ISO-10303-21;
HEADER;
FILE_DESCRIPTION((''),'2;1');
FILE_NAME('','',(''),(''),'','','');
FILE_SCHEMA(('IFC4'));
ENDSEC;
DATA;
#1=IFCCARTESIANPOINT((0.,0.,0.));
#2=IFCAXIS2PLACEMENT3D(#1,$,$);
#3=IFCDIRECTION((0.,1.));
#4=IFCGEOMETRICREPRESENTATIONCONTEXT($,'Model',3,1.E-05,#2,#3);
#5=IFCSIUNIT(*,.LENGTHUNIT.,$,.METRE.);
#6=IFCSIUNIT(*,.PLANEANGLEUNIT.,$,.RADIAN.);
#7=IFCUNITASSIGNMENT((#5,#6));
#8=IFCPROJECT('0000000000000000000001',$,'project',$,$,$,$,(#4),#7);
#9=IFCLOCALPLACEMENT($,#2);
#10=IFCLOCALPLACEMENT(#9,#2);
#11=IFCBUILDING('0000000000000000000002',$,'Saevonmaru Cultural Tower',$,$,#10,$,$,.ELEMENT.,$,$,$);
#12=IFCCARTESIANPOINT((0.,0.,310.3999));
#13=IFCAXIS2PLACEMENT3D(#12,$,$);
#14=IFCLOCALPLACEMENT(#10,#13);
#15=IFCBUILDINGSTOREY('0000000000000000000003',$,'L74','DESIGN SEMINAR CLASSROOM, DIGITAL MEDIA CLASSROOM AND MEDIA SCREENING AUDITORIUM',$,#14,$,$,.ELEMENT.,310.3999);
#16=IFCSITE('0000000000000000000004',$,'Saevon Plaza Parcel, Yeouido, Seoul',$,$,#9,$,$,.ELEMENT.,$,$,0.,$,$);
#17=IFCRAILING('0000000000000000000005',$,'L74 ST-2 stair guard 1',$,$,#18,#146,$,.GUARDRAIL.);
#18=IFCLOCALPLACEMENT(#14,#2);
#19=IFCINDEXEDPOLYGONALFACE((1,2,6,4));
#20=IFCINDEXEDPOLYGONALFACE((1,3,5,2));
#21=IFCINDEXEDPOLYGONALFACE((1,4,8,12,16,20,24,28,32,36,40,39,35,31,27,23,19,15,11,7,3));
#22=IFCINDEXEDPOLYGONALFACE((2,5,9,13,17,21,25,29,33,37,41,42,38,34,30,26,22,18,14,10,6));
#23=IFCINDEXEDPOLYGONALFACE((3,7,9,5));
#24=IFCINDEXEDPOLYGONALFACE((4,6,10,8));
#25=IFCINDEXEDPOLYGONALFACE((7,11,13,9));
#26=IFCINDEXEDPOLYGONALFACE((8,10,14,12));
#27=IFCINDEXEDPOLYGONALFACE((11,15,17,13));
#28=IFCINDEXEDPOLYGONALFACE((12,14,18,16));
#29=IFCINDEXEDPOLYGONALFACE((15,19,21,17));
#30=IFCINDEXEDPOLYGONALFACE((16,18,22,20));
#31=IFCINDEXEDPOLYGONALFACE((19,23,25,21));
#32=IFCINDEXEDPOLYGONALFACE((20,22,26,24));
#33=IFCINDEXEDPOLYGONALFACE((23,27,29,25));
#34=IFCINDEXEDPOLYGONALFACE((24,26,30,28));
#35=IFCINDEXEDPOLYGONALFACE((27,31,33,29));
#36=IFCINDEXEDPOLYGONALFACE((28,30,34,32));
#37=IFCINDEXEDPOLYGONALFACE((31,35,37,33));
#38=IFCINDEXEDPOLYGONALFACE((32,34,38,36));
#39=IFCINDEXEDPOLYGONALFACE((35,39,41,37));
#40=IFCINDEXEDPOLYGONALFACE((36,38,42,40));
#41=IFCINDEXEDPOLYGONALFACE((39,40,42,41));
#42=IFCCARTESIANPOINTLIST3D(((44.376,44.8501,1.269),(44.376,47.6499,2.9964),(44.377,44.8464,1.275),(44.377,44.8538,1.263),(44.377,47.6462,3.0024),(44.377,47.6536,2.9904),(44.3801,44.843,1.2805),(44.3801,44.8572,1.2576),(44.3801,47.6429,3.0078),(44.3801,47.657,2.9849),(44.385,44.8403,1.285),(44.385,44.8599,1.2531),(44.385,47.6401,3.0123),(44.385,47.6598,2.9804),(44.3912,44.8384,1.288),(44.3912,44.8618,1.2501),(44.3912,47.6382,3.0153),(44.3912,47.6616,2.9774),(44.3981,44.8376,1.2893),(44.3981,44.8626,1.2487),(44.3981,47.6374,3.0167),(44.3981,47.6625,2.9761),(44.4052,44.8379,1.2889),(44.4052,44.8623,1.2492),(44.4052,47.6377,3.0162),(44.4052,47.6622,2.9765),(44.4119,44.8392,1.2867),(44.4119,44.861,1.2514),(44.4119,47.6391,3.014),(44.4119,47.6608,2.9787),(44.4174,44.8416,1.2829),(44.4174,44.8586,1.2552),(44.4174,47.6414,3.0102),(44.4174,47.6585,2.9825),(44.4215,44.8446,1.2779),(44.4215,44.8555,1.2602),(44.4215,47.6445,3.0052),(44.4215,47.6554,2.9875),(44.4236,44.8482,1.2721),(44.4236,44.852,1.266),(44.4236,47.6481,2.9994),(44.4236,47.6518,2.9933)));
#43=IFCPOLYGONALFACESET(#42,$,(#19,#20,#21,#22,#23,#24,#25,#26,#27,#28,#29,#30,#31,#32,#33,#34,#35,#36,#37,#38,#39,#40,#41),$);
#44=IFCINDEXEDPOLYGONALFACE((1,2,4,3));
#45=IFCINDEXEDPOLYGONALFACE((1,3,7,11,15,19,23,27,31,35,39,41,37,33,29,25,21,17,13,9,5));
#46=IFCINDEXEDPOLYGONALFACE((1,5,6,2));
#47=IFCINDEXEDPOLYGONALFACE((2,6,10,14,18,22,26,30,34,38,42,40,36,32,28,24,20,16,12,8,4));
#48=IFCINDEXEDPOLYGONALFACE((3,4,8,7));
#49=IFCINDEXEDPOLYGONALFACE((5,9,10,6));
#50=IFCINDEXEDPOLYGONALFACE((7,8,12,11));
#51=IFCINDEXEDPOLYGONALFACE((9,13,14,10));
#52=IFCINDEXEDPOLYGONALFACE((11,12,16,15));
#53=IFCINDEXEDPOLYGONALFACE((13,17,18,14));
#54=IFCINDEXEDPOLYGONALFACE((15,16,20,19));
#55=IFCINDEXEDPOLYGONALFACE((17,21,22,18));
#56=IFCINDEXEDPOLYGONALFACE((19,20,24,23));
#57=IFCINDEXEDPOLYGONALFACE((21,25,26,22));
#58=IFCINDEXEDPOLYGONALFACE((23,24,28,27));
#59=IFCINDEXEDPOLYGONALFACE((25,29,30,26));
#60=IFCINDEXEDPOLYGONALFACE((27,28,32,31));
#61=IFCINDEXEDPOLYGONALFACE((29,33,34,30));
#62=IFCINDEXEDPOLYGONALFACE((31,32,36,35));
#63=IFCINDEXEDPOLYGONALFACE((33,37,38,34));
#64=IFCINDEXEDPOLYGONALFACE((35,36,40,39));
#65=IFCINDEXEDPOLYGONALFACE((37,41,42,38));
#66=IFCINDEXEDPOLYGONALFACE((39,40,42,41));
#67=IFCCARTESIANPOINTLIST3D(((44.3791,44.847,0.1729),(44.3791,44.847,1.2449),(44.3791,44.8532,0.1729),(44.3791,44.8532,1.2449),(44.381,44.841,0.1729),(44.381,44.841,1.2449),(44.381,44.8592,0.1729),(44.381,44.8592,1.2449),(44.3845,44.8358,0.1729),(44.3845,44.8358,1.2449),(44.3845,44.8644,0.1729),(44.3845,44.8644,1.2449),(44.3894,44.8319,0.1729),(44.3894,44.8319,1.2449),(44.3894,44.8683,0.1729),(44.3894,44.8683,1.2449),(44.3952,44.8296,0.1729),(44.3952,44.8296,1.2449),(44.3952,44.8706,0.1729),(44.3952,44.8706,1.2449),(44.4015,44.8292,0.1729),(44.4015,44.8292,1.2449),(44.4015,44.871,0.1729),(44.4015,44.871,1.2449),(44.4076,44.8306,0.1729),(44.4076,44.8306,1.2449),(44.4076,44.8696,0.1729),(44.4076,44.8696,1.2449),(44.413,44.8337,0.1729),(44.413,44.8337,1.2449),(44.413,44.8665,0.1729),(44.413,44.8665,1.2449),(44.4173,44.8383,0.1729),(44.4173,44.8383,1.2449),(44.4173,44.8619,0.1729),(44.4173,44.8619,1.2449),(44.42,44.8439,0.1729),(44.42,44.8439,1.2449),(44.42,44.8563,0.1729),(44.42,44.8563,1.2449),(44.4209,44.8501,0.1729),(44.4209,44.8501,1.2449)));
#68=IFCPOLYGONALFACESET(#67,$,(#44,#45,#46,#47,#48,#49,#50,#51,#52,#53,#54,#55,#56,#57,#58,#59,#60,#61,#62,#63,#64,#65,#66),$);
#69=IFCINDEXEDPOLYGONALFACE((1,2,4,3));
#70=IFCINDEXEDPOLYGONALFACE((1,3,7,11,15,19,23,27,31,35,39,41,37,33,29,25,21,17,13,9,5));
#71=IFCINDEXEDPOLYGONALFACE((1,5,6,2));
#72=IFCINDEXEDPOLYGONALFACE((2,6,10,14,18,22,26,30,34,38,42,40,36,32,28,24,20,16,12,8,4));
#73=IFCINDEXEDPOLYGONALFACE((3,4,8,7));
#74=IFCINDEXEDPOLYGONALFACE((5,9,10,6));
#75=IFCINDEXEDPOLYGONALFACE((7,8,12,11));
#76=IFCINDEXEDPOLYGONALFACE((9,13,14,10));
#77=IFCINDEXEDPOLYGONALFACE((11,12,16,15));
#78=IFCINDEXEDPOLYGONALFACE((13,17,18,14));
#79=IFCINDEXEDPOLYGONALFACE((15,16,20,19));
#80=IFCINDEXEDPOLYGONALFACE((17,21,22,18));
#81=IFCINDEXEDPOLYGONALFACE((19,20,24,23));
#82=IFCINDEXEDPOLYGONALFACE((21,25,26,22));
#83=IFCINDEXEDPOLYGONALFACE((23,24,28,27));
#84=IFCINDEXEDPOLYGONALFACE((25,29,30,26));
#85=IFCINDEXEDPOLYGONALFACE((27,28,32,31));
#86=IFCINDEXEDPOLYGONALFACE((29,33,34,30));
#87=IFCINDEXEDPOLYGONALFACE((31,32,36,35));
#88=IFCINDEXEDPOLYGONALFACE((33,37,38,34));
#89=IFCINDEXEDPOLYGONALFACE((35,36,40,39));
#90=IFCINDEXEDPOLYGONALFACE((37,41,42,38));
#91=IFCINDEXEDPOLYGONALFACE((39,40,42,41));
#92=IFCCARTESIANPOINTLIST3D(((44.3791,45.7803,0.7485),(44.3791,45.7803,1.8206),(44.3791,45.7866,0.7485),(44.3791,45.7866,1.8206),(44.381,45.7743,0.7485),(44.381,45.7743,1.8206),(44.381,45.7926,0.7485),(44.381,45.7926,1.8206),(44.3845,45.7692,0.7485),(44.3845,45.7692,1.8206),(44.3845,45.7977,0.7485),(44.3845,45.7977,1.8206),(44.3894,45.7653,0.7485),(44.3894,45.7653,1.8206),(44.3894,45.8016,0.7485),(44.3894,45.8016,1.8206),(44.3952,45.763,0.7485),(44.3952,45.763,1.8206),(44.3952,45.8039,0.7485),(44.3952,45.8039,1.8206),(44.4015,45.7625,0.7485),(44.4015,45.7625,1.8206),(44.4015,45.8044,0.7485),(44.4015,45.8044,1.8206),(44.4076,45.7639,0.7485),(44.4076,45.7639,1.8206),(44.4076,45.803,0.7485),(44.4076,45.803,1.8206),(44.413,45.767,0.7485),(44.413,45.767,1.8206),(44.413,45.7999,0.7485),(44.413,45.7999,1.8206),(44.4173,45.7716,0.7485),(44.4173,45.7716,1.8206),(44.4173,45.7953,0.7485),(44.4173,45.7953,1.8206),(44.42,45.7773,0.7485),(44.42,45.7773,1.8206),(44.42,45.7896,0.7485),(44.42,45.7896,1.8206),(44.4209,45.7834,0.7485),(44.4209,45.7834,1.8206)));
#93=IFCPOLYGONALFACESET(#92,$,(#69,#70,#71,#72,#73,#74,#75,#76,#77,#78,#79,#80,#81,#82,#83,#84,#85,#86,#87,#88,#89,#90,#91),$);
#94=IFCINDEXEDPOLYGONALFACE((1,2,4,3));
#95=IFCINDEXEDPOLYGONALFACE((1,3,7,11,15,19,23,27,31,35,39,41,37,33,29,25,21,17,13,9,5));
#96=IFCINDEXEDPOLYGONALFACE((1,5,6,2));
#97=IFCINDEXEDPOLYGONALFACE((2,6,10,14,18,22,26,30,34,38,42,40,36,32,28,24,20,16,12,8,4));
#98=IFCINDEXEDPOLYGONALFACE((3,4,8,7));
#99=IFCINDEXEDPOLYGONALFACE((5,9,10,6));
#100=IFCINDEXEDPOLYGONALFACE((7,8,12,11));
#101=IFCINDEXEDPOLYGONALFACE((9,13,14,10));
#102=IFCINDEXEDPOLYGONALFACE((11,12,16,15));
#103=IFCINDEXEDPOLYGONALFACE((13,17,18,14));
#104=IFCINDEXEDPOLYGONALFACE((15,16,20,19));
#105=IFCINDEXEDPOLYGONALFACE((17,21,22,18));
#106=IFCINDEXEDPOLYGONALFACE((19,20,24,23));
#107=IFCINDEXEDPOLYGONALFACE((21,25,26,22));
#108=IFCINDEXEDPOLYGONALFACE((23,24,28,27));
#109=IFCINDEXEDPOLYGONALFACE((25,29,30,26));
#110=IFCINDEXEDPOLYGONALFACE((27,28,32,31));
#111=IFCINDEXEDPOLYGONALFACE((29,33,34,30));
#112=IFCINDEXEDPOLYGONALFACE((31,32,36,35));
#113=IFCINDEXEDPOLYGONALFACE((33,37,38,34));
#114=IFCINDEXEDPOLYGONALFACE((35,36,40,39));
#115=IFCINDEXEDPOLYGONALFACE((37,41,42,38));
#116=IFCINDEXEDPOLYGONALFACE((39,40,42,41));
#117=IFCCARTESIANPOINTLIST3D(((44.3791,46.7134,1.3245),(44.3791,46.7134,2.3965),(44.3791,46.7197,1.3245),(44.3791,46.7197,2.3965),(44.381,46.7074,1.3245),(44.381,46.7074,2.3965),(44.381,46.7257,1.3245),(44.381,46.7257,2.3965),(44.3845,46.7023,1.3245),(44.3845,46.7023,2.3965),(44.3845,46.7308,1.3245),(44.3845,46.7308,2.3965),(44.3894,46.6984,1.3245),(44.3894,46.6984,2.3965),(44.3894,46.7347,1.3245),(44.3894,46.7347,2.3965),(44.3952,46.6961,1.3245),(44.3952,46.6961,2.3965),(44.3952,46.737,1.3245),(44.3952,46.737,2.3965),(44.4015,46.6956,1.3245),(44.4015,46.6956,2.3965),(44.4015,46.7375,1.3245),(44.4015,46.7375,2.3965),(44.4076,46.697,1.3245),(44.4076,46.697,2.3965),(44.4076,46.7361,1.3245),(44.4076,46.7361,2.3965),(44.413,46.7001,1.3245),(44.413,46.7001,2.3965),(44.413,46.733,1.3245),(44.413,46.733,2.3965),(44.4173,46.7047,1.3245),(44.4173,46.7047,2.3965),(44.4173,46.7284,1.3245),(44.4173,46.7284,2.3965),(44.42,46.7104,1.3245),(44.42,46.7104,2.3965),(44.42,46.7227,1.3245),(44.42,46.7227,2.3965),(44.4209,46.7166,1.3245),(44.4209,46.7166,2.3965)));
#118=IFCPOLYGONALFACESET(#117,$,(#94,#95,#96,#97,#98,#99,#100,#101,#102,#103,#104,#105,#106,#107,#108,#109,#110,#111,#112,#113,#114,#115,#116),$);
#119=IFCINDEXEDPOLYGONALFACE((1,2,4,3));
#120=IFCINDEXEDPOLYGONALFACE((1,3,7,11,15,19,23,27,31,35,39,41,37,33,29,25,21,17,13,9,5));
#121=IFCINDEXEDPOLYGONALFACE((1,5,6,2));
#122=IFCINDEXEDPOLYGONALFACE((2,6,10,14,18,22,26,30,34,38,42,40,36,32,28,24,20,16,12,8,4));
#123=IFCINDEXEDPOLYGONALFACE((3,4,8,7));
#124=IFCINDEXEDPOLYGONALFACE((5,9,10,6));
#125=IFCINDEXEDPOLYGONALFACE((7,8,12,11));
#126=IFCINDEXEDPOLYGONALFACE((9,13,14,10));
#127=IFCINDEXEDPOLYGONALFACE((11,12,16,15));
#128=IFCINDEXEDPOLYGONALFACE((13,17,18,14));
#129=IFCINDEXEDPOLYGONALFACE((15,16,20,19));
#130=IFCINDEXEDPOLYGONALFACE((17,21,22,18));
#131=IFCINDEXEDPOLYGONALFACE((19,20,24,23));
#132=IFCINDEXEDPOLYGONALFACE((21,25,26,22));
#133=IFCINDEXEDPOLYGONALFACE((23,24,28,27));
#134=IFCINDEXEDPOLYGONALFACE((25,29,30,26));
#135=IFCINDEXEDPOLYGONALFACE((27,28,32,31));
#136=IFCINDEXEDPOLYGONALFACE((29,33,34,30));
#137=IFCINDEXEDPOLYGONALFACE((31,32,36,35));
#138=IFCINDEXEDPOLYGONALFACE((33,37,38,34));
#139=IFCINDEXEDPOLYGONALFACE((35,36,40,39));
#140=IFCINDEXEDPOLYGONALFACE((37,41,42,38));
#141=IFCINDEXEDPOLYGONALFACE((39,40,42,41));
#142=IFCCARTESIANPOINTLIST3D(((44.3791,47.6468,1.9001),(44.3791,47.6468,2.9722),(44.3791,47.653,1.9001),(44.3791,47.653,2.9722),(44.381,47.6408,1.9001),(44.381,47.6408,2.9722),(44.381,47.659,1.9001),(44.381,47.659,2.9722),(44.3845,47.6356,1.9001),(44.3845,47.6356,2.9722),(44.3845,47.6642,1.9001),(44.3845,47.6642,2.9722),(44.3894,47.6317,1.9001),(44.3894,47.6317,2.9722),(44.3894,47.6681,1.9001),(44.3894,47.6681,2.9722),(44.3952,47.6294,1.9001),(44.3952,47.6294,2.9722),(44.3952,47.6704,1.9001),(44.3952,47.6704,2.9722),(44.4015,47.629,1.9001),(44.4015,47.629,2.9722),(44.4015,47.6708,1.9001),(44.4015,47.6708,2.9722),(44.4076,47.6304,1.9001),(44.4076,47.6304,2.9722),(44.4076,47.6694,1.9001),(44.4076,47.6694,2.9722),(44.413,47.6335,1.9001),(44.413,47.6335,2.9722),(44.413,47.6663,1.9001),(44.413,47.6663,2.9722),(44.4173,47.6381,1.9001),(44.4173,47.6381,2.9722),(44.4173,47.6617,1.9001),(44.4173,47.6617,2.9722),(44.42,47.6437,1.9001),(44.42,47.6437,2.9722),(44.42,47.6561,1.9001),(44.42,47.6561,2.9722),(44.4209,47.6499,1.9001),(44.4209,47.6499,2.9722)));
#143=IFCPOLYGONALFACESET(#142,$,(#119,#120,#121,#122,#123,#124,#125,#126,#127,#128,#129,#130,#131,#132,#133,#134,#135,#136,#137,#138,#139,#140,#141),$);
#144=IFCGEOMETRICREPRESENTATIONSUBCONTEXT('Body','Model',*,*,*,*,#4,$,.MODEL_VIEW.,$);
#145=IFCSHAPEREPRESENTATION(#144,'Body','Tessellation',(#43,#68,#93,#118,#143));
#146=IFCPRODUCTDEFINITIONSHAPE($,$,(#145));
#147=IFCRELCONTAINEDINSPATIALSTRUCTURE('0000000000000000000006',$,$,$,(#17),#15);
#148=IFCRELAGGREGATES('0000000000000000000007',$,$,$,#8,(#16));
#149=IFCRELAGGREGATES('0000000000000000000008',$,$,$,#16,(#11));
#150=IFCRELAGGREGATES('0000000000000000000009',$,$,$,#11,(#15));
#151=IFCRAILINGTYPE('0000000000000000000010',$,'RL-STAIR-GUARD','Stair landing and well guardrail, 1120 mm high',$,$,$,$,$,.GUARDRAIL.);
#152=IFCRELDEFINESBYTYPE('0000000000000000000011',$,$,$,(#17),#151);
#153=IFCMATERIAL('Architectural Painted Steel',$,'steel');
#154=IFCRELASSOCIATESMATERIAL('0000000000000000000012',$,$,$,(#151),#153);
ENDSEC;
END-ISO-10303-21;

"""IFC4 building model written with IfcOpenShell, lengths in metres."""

from ifc_helpers import new_model, si_unit, direction, frame, origin, origin_2d, place, context, subcontext, project, spatial, circle, extrude, material, type_object, element, save


model = new_model("IFC4")

# Units and contexts
model_context = context("Model", 3, precision=1e-05, world=origin(), true_north=direction((0.0, 1.0)))
body_context = subcontext(model_context, "Body", "Model", "MODEL_VIEW")
ifc_project = project(units=[si_unit("LENGTHUNIT", "METRE"), si_unit("PLANEANGLEUNIT", "RADIAN")], contexts=[model_context])

# Site, building, storey
site_placement = place(None, origin())
site = spatial("IfcSite", under=ifc_project, at=site_placement, Name="Saevon Plaza Parcel, Yeouido, Seoul", CompositionType="ELEMENT", RefElevation=0.0)
building_placement = place(site_placement, origin())
building = spatial("IfcBuilding", under=site, at=building_placement, Name="Saevonmaru Cultural Tower", CompositionType="ELEMENT")
storey_placement = place(building_placement, frame((0.0, 0.0, 310.3999)))
storey = spatial("IfcBuildingStorey", under=building, at=storey_placement, Name="L74", Description="DESIGN SEMINAR CLASSROOM, DIGITAL MEDIA CLASSROOM AND MEDIA SCREENING AUDITORIUM", CompositionType="ELEMENT", Elevation=310.3999)

# Railing
ifc_material_1 = material(Name="Architectural Painted Steel", Category="steel")
railing_type_1 = type_object("IfcRailingType", Name="RL-STAIR-GUARD", Description="Stair landing and well guardrail, 1120 mm high", PredefinedType="GUARDRAIL", material=ifc_material_1)
railing_1_placement = place(storey_placement, frame((44.3999, 44.8501, 0.1729)))
element("IfcRailing", 1, at=railing_1_placement, inside=storey, type_object=railing_type_1, Name="L74 ST-2 stair guard 1", PredefinedType="GUARDRAIL", context=body_context, shape_type="SweptSolid", body=[
    extrude(circle(Radius=0.0239, at=origin_2d()), frame((0.0, 0.0, 1.0962), z_axis=(0.0, 0.851069, 0.525054), x_axis=(-1.0, 0.0, 0.0)), (0.0, 0.0, 1.0), 3.2898),
    extrude(circle(Radius=0.021, at=origin_2d()), origin(), (0.0, 0.0, 1.0), 1.072),
    extrude(circle(Radius=0.021, at=origin_2d()), frame((0.0, 0.9333, 0.5757)), (0.0, 0.0, 1.0), 1.072),
    extrude(circle(Radius=0.021, at=origin_2d()), frame((0.0, 1.8665, 1.1516)), (0.0, 0.0, 1.0), 1.072),
    extrude(circle(Radius=0.021, at=origin_2d()), frame((0.0, 2.7998, 1.7273)), (0.0, 0.0, 1.0), 1.072),
])

save(model, "model.ifc")
